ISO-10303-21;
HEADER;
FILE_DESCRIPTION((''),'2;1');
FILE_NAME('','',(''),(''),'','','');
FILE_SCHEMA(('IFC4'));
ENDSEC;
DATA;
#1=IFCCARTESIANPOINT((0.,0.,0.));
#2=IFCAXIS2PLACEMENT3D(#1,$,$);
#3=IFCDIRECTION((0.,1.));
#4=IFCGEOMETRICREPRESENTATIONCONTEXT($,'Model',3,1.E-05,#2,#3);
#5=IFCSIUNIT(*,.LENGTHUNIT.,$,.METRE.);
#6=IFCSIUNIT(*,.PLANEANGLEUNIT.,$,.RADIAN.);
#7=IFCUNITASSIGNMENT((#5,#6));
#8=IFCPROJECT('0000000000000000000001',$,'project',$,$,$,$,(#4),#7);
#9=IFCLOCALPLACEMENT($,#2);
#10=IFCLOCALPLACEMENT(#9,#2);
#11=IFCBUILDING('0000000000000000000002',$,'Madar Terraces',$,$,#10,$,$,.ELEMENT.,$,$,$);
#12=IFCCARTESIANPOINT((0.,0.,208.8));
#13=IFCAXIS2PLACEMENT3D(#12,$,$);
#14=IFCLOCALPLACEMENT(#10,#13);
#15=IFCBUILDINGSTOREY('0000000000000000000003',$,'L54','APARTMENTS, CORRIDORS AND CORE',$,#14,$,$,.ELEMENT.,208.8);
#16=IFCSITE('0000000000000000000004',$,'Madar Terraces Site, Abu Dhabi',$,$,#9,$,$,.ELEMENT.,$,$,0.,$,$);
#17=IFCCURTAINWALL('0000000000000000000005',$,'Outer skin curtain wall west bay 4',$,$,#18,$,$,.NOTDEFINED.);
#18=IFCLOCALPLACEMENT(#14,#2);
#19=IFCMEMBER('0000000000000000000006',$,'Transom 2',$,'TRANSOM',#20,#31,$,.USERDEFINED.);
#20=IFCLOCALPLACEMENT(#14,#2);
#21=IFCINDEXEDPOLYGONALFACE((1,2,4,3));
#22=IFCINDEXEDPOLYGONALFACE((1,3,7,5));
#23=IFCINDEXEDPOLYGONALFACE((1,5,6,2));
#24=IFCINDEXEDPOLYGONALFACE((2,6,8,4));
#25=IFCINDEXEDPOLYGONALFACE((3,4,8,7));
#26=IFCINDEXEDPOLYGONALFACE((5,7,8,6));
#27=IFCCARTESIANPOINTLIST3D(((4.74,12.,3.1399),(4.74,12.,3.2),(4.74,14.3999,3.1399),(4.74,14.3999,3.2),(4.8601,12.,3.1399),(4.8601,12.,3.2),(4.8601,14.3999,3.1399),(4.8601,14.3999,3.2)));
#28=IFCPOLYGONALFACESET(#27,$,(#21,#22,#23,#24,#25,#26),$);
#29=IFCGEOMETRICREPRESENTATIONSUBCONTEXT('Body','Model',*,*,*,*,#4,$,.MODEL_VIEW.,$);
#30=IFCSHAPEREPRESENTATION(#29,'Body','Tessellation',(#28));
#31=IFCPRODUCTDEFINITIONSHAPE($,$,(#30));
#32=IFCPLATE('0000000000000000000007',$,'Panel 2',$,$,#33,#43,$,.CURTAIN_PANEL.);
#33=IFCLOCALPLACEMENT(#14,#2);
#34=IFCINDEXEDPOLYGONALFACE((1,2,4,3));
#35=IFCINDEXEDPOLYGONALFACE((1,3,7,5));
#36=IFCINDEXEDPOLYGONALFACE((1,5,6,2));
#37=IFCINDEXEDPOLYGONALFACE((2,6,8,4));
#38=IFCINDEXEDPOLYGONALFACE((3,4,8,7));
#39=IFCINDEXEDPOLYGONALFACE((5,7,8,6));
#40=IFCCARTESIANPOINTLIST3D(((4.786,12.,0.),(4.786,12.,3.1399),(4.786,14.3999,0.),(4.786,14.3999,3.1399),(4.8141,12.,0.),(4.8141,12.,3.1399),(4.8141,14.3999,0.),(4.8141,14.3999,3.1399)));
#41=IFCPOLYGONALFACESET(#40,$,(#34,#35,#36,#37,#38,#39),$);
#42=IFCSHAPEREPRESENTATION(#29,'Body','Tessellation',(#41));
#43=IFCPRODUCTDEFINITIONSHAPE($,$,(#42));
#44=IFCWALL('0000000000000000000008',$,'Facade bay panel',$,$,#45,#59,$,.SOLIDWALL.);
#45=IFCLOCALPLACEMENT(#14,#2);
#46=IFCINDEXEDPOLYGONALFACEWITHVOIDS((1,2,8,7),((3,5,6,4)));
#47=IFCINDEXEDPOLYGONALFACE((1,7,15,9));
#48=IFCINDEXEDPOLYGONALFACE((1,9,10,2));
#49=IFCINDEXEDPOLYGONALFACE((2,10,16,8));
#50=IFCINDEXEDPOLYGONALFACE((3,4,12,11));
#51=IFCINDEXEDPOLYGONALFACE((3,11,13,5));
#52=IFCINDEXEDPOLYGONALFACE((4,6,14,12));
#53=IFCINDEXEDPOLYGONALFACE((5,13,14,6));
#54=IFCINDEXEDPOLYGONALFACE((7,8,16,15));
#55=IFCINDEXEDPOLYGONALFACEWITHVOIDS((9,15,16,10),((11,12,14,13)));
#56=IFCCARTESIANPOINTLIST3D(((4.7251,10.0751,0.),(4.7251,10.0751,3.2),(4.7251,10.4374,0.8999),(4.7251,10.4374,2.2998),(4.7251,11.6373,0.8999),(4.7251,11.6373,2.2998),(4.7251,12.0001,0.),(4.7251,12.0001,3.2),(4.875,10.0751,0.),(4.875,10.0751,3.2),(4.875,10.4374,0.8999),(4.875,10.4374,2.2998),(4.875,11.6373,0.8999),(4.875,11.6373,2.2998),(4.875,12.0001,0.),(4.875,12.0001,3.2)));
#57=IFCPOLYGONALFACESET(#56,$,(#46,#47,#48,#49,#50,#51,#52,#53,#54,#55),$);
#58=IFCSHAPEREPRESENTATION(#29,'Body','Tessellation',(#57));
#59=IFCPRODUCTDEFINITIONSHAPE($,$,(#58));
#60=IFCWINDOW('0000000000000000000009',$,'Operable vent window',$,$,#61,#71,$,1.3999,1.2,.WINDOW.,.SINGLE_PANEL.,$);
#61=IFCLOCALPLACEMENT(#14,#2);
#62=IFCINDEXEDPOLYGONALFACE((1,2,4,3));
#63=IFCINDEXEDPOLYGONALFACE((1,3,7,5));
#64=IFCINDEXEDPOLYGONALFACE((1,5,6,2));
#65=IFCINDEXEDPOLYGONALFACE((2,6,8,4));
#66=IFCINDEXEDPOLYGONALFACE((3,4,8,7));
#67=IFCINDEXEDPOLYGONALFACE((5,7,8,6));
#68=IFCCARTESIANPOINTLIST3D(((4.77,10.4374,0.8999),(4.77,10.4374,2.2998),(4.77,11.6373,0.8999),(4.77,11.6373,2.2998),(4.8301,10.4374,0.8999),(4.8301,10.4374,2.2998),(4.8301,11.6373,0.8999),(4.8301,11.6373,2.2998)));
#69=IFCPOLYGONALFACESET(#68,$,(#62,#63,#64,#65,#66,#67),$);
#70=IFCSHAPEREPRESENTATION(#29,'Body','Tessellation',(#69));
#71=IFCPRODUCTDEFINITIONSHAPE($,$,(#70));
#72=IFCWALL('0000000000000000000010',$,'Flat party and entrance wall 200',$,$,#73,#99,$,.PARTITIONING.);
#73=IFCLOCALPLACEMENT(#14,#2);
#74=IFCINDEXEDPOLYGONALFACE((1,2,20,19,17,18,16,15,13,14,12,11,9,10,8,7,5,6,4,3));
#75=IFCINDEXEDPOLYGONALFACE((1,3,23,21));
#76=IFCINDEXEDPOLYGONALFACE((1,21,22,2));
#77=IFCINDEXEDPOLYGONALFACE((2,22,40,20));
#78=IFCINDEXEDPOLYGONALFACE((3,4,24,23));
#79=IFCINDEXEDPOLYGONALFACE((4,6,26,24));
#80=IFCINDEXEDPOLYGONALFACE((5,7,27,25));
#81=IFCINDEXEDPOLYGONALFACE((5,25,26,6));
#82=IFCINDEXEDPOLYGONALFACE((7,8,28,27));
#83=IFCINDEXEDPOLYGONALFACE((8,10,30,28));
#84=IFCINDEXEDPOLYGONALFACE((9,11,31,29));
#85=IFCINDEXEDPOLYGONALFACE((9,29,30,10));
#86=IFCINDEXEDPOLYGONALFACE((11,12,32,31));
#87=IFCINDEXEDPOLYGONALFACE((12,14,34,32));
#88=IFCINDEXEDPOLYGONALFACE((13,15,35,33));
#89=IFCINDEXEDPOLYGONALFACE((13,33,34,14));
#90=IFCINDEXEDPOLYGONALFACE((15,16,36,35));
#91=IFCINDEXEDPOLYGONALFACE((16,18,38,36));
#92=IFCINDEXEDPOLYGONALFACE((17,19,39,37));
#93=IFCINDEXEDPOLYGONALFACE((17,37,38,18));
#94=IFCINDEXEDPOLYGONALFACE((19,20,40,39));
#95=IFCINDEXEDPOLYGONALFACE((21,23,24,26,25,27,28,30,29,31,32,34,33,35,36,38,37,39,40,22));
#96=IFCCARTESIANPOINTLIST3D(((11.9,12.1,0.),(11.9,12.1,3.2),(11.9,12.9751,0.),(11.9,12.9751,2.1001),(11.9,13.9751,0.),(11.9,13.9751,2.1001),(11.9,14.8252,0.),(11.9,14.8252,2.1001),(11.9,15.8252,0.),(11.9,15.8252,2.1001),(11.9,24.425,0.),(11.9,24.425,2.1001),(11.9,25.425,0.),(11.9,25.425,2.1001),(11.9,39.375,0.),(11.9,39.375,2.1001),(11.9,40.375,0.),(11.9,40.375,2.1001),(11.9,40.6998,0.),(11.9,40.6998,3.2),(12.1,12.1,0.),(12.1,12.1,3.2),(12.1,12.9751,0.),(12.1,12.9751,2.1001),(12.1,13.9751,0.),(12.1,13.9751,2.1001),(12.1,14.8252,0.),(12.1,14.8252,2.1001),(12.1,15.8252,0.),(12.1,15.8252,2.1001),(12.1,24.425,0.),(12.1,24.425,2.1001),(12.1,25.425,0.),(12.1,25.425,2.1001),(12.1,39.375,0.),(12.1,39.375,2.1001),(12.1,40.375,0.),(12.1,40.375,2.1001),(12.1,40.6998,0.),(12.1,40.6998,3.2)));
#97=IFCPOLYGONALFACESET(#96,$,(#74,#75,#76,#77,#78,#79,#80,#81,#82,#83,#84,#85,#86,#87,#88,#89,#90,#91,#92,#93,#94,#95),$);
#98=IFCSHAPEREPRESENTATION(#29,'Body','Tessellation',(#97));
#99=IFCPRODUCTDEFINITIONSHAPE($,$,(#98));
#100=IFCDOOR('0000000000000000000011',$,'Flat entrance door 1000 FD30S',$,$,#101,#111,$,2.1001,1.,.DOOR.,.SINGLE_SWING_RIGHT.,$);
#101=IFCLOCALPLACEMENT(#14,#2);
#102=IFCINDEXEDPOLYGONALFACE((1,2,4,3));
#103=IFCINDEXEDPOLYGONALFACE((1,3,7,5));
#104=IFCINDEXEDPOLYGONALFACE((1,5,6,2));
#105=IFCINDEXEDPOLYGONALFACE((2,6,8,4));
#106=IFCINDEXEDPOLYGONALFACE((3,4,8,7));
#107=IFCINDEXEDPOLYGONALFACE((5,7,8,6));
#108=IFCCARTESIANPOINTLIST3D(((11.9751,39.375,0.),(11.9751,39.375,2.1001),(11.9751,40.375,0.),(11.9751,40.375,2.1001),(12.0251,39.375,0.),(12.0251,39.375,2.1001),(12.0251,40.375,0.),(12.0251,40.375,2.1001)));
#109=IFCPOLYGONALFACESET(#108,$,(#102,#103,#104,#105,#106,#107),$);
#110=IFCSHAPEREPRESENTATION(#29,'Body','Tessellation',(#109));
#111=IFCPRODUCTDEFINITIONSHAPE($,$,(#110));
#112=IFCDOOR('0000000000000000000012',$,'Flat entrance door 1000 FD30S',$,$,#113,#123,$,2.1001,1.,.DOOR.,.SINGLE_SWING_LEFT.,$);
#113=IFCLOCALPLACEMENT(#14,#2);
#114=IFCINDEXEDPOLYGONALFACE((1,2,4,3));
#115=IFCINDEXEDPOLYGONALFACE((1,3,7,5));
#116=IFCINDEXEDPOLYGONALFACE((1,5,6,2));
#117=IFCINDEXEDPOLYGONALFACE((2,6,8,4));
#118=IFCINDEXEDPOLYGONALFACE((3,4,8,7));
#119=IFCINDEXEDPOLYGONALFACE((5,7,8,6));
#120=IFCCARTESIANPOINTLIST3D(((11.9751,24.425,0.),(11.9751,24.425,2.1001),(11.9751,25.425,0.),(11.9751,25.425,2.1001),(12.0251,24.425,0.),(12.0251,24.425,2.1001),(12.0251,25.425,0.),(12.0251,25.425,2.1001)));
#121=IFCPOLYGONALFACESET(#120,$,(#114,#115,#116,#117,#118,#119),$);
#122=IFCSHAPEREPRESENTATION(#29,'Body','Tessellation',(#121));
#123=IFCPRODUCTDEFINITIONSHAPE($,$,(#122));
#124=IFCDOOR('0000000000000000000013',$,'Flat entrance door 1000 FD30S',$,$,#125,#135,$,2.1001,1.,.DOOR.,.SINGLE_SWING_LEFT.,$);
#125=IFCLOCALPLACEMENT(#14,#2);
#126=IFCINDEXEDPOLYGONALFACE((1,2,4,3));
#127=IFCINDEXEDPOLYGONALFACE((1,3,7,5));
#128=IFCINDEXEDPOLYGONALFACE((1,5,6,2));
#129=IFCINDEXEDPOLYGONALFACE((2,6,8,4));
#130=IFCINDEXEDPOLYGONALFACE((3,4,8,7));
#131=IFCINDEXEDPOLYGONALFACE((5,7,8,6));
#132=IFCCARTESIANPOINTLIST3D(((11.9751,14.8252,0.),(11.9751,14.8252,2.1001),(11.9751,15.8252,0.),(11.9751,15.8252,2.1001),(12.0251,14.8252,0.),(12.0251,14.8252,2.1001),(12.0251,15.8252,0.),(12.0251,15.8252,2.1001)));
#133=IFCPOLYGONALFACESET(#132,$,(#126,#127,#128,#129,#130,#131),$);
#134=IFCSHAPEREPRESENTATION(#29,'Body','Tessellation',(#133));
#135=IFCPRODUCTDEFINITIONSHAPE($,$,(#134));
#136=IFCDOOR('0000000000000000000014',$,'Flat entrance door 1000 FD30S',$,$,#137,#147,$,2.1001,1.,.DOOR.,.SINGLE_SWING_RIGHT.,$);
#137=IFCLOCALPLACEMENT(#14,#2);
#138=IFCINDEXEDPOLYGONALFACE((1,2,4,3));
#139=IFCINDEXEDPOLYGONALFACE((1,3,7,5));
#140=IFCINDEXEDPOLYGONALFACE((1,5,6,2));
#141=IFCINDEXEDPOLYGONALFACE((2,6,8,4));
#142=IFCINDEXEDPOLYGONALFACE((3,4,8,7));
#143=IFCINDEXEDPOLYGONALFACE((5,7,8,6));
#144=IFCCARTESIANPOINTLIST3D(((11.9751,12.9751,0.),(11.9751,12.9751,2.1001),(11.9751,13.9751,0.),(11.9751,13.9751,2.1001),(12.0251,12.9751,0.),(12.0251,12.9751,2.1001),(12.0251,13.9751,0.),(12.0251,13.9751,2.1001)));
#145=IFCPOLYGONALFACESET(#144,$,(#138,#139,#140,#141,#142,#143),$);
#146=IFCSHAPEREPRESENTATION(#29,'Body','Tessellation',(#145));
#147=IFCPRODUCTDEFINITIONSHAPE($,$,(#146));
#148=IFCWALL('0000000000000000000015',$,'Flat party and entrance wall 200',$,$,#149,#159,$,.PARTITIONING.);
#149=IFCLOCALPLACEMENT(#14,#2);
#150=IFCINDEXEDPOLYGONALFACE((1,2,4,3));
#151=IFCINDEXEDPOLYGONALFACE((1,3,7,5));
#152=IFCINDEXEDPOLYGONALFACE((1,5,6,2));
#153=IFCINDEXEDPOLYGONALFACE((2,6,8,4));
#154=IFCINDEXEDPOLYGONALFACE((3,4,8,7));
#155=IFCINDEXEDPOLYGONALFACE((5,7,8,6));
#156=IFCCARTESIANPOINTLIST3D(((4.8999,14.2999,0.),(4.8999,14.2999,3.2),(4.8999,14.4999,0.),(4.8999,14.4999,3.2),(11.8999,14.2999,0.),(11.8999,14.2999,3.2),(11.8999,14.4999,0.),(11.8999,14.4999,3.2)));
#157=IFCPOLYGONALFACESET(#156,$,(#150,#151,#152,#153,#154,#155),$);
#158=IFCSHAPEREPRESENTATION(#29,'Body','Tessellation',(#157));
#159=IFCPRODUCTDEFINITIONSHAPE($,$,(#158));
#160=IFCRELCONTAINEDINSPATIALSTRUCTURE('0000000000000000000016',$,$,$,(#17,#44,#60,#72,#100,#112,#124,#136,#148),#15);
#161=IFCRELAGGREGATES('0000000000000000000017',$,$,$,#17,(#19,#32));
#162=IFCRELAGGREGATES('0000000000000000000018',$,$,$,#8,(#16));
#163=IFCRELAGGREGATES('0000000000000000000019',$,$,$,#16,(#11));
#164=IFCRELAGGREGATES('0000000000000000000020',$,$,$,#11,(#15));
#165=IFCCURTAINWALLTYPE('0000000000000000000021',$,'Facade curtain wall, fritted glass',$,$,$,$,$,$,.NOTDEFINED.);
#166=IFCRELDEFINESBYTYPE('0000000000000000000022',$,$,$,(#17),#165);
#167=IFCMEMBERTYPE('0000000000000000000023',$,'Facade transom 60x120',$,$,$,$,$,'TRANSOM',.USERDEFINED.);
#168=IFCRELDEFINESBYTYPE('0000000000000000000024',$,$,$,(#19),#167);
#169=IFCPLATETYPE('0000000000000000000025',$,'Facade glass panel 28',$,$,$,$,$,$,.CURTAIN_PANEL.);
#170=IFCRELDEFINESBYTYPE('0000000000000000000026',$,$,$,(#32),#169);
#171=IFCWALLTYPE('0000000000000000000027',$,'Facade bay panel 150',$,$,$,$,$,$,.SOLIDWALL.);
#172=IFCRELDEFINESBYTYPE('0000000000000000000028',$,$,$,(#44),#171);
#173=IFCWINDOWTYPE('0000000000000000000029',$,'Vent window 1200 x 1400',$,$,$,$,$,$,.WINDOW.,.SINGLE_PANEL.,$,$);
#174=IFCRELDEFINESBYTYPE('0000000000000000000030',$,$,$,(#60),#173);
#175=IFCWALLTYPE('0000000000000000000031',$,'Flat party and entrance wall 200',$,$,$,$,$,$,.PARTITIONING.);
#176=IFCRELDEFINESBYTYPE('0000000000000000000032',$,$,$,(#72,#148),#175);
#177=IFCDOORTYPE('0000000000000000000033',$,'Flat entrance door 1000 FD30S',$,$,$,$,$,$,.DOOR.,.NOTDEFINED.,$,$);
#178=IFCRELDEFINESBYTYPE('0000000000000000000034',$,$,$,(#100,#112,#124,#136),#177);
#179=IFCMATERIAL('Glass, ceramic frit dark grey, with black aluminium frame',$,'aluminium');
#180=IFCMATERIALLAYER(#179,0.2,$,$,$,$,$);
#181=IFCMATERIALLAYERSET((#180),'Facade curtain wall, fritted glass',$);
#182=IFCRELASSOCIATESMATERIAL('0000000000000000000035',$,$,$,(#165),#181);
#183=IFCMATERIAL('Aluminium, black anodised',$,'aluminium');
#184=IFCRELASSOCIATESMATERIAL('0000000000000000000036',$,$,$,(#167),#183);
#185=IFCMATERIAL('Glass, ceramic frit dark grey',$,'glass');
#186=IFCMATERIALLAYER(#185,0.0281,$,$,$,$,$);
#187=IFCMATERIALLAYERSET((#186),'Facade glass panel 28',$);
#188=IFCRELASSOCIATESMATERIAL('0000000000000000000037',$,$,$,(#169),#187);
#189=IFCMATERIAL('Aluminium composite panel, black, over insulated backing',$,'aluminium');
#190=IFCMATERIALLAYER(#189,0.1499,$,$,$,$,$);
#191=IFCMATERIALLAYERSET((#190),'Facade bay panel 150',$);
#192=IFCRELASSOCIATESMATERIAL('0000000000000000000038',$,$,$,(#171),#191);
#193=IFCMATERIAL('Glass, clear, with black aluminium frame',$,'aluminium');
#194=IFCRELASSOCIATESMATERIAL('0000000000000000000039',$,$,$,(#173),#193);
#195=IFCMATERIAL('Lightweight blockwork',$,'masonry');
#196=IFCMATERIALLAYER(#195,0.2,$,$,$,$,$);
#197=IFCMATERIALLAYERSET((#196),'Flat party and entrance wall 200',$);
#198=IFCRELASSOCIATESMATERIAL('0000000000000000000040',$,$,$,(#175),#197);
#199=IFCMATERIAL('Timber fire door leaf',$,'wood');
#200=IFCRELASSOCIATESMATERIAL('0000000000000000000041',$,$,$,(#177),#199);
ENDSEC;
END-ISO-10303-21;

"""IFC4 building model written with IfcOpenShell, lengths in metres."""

from ifc_helpers import new_model, si_unit, direction, frame, frame_2d, origin, origin_2d, place, context, subcontext, project, spatial, rectangle, extrude, material, layer, layer_set, material_profile, profile_set, type_object, element, fill, aggregate, save


model = new_model("IFC4")

# Units and contexts
model_context = context("Model", 3, precision=1e-05, world=origin(), true_north=direction((0.0, 1.0)))
body_context = subcontext(model_context, "Body", "Model", "MODEL_VIEW")
ifc_project = project(units=[si_unit("LENGTHUNIT", "METRE"), si_unit("PLANEANGLEUNIT", "RADIAN")], contexts=[model_context])

# Site, building, storey
site_placement = place(None, origin())
site = spatial("IfcSite", under=ifc_project, at=site_placement, Name="Madar Terraces Site, Abu Dhabi", CompositionType="ELEMENT", RefElevation=0.0)
building_placement = place(site_placement, origin())
building = spatial("IfcBuilding", under=site, at=building_placement, Name="Madar Terraces", CompositionType="ELEMENT")
storey_placement = place(building_placement, frame((0.0, 0.0, 208.8)))
storey = spatial("IfcBuildingStorey", under=building, at=storey_placement, Name="L54", Description="APARTMENTS, CORRIDORS AND CORE", CompositionType="ELEMENT", Elevation=208.8)

# Curtain wall, member, plate
ifc_material_1 = material(Name="Glass, ceramic frit dark grey, with black aluminium frame", Category="aluminium")
ifc_layer_1 = layer(ifc_material_1, 0.2)
ifc_layer_set_1 = layer_set([ifc_layer_1], Name="Facade curtain wall, fritted glass")
curtain_wall_type = type_object("IfcCurtainWallType", Name="Facade curtain wall, fritted glass", PredefinedType="NOTDEFINED", material=ifc_layer_set_1)
curtain_wall_placement = place(storey_placement, origin())
curtain_wall = element("IfcCurtainWall", 1, at=curtain_wall_placement, inside=storey, type_object=curtain_wall_type, Name="Outer skin curtain wall west bay 4", PredefinedType="NOTDEFINED")
ifc_material_2 = material(Name="Aluminium, black anodised", Category="aluminium")
ifc_material_profile = material_profile(ifc_material_2, rectangle(XDim=0.1201, YDim=0.0601, at=origin_2d()), Name="Facade transom 60x120")
ifc_profile_set = profile_set([ifc_material_profile], Name="Aluminium, black anodised")
member_type = type_object("IfcMemberType", Name="Facade transom 60x120", ElementType="TRANSOM", PredefinedType="USERDEFINED", material=ifc_profile_set)
member_placement = place(storey_placement, frame((4.8, 14.3999, 3.1699), z_axis=(0.0, -1.0, 0.0), x_axis=(1.0, 0.0, 0.0)))
member = element("IfcMember", 2, at=member_placement, type_object=member_type, Name="Transom 2", ObjectType="TRANSOM", PredefinedType="USERDEFINED", context=body_context, shape_type="SweptSolid", body=[
    extrude(rectangle(XDim=0.1201, YDim=0.0601, at=origin_2d()), origin(), (0.0, 0.0, 1.0), 2.3999),
])
ifc_material_3 = material(Name="Glass, ceramic frit dark grey", Category="glass")
ifc_layer_2 = layer(ifc_material_3, 0.0281)
ifc_layer_set_2 = layer_set([ifc_layer_2], Name="Facade glass panel 28")
plate_type = type_object("IfcPlateType", Name="Facade glass panel 28", PredefinedType="CURTAIN_PANEL", material=ifc_layer_set_2)
plate_placement = place(storey_placement, frame((4.8, 13.2, 0.0), z_axis=(0.0, 0.0, 1.0), x_axis=(0.0, -1.0, 0.0)))
plate = element("IfcPlate", 3, at=plate_placement, type_object=plate_type, Name="Panel 2", PredefinedType="CURTAIN_PANEL", context=body_context, shape_type="SweptSolid", body=[
    extrude(rectangle(XDim=2.3999, YDim=0.0281, at=origin_2d()), origin(), (0.0, 0.0, 1.0), 3.1399),
])
aggregate(curtain_wall, [member, plate])

# Wall, opening, window
ifc_material_4 = material(Name="Aluminium composite panel, black, over insulated backing", Category="aluminium")
ifc_layer_3 = layer(ifc_material_4, 0.1499)
ifc_layer_set_3 = layer_set([ifc_layer_3], Name="Facade bay panel 150")
wall_type_1 = type_object("IfcWallType", Name="Facade bay panel 150", PredefinedType="SOLIDWALL", material=ifc_layer_set_3)
wall_1_placement = place(storey_placement, frame((4.8, 12.0, 0.0), z_axis=(0.0, 0.0, 1.0), x_axis=(0.0, -1.0, 0.0)))
wall_1 = element("IfcWall", 4, at=wall_1_placement, inside=storey, type_object=wall_type_1, Name="Facade bay panel", PredefinedType="SOLIDWALL", context=body_context, shape_type="SweptSolid", body=[
    extrude(rectangle(XDim=1.925, YDim=0.1499, at=frame_2d((0.9624, 0.0))), origin(), (0.0, 0.0, 1.0), 3.2),
])
opening_1_placement = place(wall_1_placement, frame((0.3625, 0.0, 0.8999)))
opening_1 = element("IfcOpeningElement", 5, at=opening_1_placement, cuts=wall_1, PredefinedType="OPENING", context=body_context, shape_type="SweptSolid", body=[
    extrude(rectangle(XDim=1.2, YDim=1.3999, at=frame_2d((0.6001, 0.7))), frame((0.0, 0.085, 0.0), z_axis=(0.0, -1.0, 0.0), x_axis=(1.0, 0.0, 0.0)), (0.0, 0.0, 1.0), 0.1699),
])
ifc_material_5 = material(Name="Glass, clear, with black aluminium frame", Category="aluminium")
window_type = type_object("IfcWindowType", Name="Vent window 1200 x 1400", PartitioningType="SINGLE_PANEL", PredefinedType="WINDOW", material=ifc_material_5)
window_placement = place(opening_1_placement, origin())
window = element("IfcWindow", 6, at=window_placement, inside=storey, type_object=window_type, Name="Operable vent window", OverallHeight=1.3999, OverallWidth=1.2, PartitioningType="SINGLE_PANEL", PredefinedType="WINDOW", context=body_context, shape_type="SweptSolid", body=[
    extrude(rectangle(XDim=1.2, YDim=1.3999, at=frame_2d((0.6001, 0.7))), frame((0.0, 0.03, 0.0), z_axis=(0.0, -1.0, 0.0), x_axis=(1.0, 0.0, 0.0)), (0.0, 0.0, 1.0), 0.0601),
])
fill(opening_1, window)

# Wall, openings, doors
ifc_material_6 = material(Name="Lightweight blockwork", Category="masonry")
ifc_layer_4 = layer(ifc_material_6, 0.2)
ifc_layer_set_4 = layer_set([ifc_layer_4], Name="Flat party and entrance wall 200")
wall_type_2 = type_object("IfcWallType", Name="Flat party and entrance wall 200", PredefinedType="PARTITIONING", material=ifc_layer_set_4)
wall_2_placement = place(storey_placement, frame((12.0, 12.1001, 0.0), z_axis=(0.0, 0.0, 1.0), x_axis=(0.0, 1.0, 0.0)))
wall_2 = element("IfcWall", 7, at=wall_2_placement, inside=storey, type_object=wall_type_2, Name="Flat party and entrance wall 200", PredefinedType="PARTITIONING", context=body_context, shape_type="SweptSolid", body=[
    extrude(rectangle(XDim=28.5999, YDim=0.2, at=frame_2d((14.2998, 0.0))), origin(), (0.0, 0.0, 1.0), 3.2),
])
opening_2_placement = place(wall_2_placement, frame((27.2749, 0.0, 0.0)))
opening_2 = element("IfcOpeningElement", 8, at=opening_2_placement, cuts=wall_2, PredefinedType="OPENING", context=body_context, shape_type="SweptSolid", body=[
    extrude(rectangle(XDim=1.0, YDim=2.1001, at=frame_2d((0.5, 1.05))), frame((0.0, 0.1099, 0.0), z_axis=(0.0, -1.0, 0.0), x_axis=(1.0, 0.0, 0.0)), (0.0, 0.0, 1.0), 0.22),
])
opening_3_placement = place(wall_2_placement, frame((12.325, 0.0, 0.0)))
opening_3 = element("IfcOpeningElement", 9, at=opening_3_placement, cuts=wall_2, PredefinedType="OPENING", context=body_context, shape_type="SweptSolid", body=[
    extrude(rectangle(XDim=1.0, YDim=2.1001, at=frame_2d((0.5, 1.05))), frame((0.0, 0.1099, 0.0), z_axis=(0.0, -1.0, 0.0), x_axis=(1.0, 0.0, 0.0)), (0.0, 0.0, 1.0), 0.22),
])
opening_4_placement = place(wall_2_placement, frame((2.7251, 0.0, 0.0)))
opening_4 = element("IfcOpeningElement", 10, at=opening_4_placement, cuts=wall_2, PredefinedType="OPENING", context=body_context, shape_type="SweptSolid", body=[
    extrude(rectangle(XDim=1.0, YDim=2.1001, at=frame_2d((0.5, 1.05))), frame((0.0, 0.1099, 0.0), z_axis=(0.0, -1.0, 0.0), x_axis=(1.0, 0.0, 0.0)), (0.0, 0.0, 1.0), 0.22),
])
opening_5_placement = place(wall_2_placement, frame((0.875, 0.0, 0.0)))
opening_5 = element("IfcOpeningElement", 11, at=opening_5_placement, cuts=wall_2, PredefinedType="OPENING", context=body_context, shape_type="SweptSolid", body=[
    extrude(rectangle(XDim=1.0, YDim=2.1001, at=frame_2d((0.5, 1.05))), frame((0.0, 0.1099, 0.0), z_axis=(0.0, -1.0, 0.0), x_axis=(1.0, 0.0, 0.0)), (0.0, 0.0, 1.0), 0.22),
])
ifc_material_7 = material(Name="Timber fire door leaf", Category="wood")
door_type_1 = type_object("IfcDoorType", Name="Flat entrance door 1000 FD30S", OperationType="NOTDEFINED", PredefinedType="DOOR", material=ifc_material_7)
door_1_placement = place(opening_2_placement, origin())
door_1 = element("IfcDoor", 12, at=door_1_placement, inside=storey, type_object=door_type_1, Name="Flat entrance door 1000 FD30S", OperationType="SINGLE_SWING_RIGHT", OverallHeight=2.1001, OverallWidth=1.0, PredefinedType="DOOR", context=body_context, shape_type="SweptSolid", body=[
    extrude(rectangle(XDim=1.0, YDim=2.1001, at=frame_2d((0.5, 1.05))), frame((0.0, 0.0249, 0.0), z_axis=(0.0, -1.0, 0.0), x_axis=(1.0, 0.0, 0.0)), (0.0, 0.0, 1.0), 0.05),
])
fill(opening_2, door_1)
door_2_placement = place(opening_3_placement, origin())
door_2 = element("IfcDoor", 13, at=door_2_placement, inside=storey, type_object=door_type_1, Name="Flat entrance door 1000 FD30S", OperationType="SINGLE_SWING_LEFT", OverallHeight=2.1001, OverallWidth=1.0, PredefinedType="DOOR", context=body_context, shape_type="SweptSolid", body=[
    extrude(rectangle(XDim=1.0, YDim=2.1001, at=frame_2d((0.5, 1.05))), frame((0.0, 0.0249, 0.0), z_axis=(0.0, -1.0, 0.0), x_axis=(1.0, 0.0, 0.0)), (0.0, 0.0, 1.0), 0.05),
])
fill(opening_3, door_2)
door_3_placement = place(opening_4_placement, origin())
door_3 = element("IfcDoor", 14, at=door_3_placement, inside=storey, type_object=door_type_1, Name="Flat entrance door 1000 FD30S", OperationType="SINGLE_SWING_LEFT", OverallHeight=2.1001, OverallWidth=1.0, PredefinedType="DOOR", context=body_context, shape_type="SweptSolid", body=[
    extrude(rectangle(XDim=1.0, YDim=2.1001, at=frame_2d((0.5, 1.05))), frame((0.0, 0.0249, 0.0), z_axis=(0.0, -1.0, 0.0), x_axis=(1.0, 0.0, 0.0)), (0.0, 0.0, 1.0), 0.05),
])
fill(opening_4, door_3)
door_4_placement = place(opening_5_placement, origin())
door_4 = element("IfcDoor", 15, at=door_4_placement, inside=storey, type_object=door_type_1, Name="Flat entrance door 1000 FD30S", OperationType="SINGLE_SWING_RIGHT", OverallHeight=2.1001, OverallWidth=1.0, PredefinedType="DOOR", context=body_context, shape_type="SweptSolid", body=[
    extrude(rectangle(XDim=1.0, YDim=2.1001, at=frame_2d((0.5, 1.05))), frame((0.0, 0.0249, 0.0), z_axis=(0.0, -1.0, 0.0), x_axis=(1.0, 0.0, 0.0)), (0.0, 0.0, 1.0), 0.05),
])
fill(opening_5, door_4)

# Wall
wall_3_placement = place(storey_placement, frame((4.8999, 14.3999, 0.0), z_axis=(0.0, 0.0, 1.0), x_axis=(1.0, 0.0, 0.0)))
element("IfcWall", 16, at=wall_3_placement, inside=storey, type_object=wall_type_2, Name="Flat party and entrance wall 200", PredefinedType="PARTITIONING", context=body_context, shape_type="SweptSolid", body=[
    extrude(rectangle(XDim=7.0, YDim=0.2, at=frame_2d((3.5, 0.0))), origin(), (0.0, 0.0, 1.0), 3.2),
])

save(model, "model.ifc")
